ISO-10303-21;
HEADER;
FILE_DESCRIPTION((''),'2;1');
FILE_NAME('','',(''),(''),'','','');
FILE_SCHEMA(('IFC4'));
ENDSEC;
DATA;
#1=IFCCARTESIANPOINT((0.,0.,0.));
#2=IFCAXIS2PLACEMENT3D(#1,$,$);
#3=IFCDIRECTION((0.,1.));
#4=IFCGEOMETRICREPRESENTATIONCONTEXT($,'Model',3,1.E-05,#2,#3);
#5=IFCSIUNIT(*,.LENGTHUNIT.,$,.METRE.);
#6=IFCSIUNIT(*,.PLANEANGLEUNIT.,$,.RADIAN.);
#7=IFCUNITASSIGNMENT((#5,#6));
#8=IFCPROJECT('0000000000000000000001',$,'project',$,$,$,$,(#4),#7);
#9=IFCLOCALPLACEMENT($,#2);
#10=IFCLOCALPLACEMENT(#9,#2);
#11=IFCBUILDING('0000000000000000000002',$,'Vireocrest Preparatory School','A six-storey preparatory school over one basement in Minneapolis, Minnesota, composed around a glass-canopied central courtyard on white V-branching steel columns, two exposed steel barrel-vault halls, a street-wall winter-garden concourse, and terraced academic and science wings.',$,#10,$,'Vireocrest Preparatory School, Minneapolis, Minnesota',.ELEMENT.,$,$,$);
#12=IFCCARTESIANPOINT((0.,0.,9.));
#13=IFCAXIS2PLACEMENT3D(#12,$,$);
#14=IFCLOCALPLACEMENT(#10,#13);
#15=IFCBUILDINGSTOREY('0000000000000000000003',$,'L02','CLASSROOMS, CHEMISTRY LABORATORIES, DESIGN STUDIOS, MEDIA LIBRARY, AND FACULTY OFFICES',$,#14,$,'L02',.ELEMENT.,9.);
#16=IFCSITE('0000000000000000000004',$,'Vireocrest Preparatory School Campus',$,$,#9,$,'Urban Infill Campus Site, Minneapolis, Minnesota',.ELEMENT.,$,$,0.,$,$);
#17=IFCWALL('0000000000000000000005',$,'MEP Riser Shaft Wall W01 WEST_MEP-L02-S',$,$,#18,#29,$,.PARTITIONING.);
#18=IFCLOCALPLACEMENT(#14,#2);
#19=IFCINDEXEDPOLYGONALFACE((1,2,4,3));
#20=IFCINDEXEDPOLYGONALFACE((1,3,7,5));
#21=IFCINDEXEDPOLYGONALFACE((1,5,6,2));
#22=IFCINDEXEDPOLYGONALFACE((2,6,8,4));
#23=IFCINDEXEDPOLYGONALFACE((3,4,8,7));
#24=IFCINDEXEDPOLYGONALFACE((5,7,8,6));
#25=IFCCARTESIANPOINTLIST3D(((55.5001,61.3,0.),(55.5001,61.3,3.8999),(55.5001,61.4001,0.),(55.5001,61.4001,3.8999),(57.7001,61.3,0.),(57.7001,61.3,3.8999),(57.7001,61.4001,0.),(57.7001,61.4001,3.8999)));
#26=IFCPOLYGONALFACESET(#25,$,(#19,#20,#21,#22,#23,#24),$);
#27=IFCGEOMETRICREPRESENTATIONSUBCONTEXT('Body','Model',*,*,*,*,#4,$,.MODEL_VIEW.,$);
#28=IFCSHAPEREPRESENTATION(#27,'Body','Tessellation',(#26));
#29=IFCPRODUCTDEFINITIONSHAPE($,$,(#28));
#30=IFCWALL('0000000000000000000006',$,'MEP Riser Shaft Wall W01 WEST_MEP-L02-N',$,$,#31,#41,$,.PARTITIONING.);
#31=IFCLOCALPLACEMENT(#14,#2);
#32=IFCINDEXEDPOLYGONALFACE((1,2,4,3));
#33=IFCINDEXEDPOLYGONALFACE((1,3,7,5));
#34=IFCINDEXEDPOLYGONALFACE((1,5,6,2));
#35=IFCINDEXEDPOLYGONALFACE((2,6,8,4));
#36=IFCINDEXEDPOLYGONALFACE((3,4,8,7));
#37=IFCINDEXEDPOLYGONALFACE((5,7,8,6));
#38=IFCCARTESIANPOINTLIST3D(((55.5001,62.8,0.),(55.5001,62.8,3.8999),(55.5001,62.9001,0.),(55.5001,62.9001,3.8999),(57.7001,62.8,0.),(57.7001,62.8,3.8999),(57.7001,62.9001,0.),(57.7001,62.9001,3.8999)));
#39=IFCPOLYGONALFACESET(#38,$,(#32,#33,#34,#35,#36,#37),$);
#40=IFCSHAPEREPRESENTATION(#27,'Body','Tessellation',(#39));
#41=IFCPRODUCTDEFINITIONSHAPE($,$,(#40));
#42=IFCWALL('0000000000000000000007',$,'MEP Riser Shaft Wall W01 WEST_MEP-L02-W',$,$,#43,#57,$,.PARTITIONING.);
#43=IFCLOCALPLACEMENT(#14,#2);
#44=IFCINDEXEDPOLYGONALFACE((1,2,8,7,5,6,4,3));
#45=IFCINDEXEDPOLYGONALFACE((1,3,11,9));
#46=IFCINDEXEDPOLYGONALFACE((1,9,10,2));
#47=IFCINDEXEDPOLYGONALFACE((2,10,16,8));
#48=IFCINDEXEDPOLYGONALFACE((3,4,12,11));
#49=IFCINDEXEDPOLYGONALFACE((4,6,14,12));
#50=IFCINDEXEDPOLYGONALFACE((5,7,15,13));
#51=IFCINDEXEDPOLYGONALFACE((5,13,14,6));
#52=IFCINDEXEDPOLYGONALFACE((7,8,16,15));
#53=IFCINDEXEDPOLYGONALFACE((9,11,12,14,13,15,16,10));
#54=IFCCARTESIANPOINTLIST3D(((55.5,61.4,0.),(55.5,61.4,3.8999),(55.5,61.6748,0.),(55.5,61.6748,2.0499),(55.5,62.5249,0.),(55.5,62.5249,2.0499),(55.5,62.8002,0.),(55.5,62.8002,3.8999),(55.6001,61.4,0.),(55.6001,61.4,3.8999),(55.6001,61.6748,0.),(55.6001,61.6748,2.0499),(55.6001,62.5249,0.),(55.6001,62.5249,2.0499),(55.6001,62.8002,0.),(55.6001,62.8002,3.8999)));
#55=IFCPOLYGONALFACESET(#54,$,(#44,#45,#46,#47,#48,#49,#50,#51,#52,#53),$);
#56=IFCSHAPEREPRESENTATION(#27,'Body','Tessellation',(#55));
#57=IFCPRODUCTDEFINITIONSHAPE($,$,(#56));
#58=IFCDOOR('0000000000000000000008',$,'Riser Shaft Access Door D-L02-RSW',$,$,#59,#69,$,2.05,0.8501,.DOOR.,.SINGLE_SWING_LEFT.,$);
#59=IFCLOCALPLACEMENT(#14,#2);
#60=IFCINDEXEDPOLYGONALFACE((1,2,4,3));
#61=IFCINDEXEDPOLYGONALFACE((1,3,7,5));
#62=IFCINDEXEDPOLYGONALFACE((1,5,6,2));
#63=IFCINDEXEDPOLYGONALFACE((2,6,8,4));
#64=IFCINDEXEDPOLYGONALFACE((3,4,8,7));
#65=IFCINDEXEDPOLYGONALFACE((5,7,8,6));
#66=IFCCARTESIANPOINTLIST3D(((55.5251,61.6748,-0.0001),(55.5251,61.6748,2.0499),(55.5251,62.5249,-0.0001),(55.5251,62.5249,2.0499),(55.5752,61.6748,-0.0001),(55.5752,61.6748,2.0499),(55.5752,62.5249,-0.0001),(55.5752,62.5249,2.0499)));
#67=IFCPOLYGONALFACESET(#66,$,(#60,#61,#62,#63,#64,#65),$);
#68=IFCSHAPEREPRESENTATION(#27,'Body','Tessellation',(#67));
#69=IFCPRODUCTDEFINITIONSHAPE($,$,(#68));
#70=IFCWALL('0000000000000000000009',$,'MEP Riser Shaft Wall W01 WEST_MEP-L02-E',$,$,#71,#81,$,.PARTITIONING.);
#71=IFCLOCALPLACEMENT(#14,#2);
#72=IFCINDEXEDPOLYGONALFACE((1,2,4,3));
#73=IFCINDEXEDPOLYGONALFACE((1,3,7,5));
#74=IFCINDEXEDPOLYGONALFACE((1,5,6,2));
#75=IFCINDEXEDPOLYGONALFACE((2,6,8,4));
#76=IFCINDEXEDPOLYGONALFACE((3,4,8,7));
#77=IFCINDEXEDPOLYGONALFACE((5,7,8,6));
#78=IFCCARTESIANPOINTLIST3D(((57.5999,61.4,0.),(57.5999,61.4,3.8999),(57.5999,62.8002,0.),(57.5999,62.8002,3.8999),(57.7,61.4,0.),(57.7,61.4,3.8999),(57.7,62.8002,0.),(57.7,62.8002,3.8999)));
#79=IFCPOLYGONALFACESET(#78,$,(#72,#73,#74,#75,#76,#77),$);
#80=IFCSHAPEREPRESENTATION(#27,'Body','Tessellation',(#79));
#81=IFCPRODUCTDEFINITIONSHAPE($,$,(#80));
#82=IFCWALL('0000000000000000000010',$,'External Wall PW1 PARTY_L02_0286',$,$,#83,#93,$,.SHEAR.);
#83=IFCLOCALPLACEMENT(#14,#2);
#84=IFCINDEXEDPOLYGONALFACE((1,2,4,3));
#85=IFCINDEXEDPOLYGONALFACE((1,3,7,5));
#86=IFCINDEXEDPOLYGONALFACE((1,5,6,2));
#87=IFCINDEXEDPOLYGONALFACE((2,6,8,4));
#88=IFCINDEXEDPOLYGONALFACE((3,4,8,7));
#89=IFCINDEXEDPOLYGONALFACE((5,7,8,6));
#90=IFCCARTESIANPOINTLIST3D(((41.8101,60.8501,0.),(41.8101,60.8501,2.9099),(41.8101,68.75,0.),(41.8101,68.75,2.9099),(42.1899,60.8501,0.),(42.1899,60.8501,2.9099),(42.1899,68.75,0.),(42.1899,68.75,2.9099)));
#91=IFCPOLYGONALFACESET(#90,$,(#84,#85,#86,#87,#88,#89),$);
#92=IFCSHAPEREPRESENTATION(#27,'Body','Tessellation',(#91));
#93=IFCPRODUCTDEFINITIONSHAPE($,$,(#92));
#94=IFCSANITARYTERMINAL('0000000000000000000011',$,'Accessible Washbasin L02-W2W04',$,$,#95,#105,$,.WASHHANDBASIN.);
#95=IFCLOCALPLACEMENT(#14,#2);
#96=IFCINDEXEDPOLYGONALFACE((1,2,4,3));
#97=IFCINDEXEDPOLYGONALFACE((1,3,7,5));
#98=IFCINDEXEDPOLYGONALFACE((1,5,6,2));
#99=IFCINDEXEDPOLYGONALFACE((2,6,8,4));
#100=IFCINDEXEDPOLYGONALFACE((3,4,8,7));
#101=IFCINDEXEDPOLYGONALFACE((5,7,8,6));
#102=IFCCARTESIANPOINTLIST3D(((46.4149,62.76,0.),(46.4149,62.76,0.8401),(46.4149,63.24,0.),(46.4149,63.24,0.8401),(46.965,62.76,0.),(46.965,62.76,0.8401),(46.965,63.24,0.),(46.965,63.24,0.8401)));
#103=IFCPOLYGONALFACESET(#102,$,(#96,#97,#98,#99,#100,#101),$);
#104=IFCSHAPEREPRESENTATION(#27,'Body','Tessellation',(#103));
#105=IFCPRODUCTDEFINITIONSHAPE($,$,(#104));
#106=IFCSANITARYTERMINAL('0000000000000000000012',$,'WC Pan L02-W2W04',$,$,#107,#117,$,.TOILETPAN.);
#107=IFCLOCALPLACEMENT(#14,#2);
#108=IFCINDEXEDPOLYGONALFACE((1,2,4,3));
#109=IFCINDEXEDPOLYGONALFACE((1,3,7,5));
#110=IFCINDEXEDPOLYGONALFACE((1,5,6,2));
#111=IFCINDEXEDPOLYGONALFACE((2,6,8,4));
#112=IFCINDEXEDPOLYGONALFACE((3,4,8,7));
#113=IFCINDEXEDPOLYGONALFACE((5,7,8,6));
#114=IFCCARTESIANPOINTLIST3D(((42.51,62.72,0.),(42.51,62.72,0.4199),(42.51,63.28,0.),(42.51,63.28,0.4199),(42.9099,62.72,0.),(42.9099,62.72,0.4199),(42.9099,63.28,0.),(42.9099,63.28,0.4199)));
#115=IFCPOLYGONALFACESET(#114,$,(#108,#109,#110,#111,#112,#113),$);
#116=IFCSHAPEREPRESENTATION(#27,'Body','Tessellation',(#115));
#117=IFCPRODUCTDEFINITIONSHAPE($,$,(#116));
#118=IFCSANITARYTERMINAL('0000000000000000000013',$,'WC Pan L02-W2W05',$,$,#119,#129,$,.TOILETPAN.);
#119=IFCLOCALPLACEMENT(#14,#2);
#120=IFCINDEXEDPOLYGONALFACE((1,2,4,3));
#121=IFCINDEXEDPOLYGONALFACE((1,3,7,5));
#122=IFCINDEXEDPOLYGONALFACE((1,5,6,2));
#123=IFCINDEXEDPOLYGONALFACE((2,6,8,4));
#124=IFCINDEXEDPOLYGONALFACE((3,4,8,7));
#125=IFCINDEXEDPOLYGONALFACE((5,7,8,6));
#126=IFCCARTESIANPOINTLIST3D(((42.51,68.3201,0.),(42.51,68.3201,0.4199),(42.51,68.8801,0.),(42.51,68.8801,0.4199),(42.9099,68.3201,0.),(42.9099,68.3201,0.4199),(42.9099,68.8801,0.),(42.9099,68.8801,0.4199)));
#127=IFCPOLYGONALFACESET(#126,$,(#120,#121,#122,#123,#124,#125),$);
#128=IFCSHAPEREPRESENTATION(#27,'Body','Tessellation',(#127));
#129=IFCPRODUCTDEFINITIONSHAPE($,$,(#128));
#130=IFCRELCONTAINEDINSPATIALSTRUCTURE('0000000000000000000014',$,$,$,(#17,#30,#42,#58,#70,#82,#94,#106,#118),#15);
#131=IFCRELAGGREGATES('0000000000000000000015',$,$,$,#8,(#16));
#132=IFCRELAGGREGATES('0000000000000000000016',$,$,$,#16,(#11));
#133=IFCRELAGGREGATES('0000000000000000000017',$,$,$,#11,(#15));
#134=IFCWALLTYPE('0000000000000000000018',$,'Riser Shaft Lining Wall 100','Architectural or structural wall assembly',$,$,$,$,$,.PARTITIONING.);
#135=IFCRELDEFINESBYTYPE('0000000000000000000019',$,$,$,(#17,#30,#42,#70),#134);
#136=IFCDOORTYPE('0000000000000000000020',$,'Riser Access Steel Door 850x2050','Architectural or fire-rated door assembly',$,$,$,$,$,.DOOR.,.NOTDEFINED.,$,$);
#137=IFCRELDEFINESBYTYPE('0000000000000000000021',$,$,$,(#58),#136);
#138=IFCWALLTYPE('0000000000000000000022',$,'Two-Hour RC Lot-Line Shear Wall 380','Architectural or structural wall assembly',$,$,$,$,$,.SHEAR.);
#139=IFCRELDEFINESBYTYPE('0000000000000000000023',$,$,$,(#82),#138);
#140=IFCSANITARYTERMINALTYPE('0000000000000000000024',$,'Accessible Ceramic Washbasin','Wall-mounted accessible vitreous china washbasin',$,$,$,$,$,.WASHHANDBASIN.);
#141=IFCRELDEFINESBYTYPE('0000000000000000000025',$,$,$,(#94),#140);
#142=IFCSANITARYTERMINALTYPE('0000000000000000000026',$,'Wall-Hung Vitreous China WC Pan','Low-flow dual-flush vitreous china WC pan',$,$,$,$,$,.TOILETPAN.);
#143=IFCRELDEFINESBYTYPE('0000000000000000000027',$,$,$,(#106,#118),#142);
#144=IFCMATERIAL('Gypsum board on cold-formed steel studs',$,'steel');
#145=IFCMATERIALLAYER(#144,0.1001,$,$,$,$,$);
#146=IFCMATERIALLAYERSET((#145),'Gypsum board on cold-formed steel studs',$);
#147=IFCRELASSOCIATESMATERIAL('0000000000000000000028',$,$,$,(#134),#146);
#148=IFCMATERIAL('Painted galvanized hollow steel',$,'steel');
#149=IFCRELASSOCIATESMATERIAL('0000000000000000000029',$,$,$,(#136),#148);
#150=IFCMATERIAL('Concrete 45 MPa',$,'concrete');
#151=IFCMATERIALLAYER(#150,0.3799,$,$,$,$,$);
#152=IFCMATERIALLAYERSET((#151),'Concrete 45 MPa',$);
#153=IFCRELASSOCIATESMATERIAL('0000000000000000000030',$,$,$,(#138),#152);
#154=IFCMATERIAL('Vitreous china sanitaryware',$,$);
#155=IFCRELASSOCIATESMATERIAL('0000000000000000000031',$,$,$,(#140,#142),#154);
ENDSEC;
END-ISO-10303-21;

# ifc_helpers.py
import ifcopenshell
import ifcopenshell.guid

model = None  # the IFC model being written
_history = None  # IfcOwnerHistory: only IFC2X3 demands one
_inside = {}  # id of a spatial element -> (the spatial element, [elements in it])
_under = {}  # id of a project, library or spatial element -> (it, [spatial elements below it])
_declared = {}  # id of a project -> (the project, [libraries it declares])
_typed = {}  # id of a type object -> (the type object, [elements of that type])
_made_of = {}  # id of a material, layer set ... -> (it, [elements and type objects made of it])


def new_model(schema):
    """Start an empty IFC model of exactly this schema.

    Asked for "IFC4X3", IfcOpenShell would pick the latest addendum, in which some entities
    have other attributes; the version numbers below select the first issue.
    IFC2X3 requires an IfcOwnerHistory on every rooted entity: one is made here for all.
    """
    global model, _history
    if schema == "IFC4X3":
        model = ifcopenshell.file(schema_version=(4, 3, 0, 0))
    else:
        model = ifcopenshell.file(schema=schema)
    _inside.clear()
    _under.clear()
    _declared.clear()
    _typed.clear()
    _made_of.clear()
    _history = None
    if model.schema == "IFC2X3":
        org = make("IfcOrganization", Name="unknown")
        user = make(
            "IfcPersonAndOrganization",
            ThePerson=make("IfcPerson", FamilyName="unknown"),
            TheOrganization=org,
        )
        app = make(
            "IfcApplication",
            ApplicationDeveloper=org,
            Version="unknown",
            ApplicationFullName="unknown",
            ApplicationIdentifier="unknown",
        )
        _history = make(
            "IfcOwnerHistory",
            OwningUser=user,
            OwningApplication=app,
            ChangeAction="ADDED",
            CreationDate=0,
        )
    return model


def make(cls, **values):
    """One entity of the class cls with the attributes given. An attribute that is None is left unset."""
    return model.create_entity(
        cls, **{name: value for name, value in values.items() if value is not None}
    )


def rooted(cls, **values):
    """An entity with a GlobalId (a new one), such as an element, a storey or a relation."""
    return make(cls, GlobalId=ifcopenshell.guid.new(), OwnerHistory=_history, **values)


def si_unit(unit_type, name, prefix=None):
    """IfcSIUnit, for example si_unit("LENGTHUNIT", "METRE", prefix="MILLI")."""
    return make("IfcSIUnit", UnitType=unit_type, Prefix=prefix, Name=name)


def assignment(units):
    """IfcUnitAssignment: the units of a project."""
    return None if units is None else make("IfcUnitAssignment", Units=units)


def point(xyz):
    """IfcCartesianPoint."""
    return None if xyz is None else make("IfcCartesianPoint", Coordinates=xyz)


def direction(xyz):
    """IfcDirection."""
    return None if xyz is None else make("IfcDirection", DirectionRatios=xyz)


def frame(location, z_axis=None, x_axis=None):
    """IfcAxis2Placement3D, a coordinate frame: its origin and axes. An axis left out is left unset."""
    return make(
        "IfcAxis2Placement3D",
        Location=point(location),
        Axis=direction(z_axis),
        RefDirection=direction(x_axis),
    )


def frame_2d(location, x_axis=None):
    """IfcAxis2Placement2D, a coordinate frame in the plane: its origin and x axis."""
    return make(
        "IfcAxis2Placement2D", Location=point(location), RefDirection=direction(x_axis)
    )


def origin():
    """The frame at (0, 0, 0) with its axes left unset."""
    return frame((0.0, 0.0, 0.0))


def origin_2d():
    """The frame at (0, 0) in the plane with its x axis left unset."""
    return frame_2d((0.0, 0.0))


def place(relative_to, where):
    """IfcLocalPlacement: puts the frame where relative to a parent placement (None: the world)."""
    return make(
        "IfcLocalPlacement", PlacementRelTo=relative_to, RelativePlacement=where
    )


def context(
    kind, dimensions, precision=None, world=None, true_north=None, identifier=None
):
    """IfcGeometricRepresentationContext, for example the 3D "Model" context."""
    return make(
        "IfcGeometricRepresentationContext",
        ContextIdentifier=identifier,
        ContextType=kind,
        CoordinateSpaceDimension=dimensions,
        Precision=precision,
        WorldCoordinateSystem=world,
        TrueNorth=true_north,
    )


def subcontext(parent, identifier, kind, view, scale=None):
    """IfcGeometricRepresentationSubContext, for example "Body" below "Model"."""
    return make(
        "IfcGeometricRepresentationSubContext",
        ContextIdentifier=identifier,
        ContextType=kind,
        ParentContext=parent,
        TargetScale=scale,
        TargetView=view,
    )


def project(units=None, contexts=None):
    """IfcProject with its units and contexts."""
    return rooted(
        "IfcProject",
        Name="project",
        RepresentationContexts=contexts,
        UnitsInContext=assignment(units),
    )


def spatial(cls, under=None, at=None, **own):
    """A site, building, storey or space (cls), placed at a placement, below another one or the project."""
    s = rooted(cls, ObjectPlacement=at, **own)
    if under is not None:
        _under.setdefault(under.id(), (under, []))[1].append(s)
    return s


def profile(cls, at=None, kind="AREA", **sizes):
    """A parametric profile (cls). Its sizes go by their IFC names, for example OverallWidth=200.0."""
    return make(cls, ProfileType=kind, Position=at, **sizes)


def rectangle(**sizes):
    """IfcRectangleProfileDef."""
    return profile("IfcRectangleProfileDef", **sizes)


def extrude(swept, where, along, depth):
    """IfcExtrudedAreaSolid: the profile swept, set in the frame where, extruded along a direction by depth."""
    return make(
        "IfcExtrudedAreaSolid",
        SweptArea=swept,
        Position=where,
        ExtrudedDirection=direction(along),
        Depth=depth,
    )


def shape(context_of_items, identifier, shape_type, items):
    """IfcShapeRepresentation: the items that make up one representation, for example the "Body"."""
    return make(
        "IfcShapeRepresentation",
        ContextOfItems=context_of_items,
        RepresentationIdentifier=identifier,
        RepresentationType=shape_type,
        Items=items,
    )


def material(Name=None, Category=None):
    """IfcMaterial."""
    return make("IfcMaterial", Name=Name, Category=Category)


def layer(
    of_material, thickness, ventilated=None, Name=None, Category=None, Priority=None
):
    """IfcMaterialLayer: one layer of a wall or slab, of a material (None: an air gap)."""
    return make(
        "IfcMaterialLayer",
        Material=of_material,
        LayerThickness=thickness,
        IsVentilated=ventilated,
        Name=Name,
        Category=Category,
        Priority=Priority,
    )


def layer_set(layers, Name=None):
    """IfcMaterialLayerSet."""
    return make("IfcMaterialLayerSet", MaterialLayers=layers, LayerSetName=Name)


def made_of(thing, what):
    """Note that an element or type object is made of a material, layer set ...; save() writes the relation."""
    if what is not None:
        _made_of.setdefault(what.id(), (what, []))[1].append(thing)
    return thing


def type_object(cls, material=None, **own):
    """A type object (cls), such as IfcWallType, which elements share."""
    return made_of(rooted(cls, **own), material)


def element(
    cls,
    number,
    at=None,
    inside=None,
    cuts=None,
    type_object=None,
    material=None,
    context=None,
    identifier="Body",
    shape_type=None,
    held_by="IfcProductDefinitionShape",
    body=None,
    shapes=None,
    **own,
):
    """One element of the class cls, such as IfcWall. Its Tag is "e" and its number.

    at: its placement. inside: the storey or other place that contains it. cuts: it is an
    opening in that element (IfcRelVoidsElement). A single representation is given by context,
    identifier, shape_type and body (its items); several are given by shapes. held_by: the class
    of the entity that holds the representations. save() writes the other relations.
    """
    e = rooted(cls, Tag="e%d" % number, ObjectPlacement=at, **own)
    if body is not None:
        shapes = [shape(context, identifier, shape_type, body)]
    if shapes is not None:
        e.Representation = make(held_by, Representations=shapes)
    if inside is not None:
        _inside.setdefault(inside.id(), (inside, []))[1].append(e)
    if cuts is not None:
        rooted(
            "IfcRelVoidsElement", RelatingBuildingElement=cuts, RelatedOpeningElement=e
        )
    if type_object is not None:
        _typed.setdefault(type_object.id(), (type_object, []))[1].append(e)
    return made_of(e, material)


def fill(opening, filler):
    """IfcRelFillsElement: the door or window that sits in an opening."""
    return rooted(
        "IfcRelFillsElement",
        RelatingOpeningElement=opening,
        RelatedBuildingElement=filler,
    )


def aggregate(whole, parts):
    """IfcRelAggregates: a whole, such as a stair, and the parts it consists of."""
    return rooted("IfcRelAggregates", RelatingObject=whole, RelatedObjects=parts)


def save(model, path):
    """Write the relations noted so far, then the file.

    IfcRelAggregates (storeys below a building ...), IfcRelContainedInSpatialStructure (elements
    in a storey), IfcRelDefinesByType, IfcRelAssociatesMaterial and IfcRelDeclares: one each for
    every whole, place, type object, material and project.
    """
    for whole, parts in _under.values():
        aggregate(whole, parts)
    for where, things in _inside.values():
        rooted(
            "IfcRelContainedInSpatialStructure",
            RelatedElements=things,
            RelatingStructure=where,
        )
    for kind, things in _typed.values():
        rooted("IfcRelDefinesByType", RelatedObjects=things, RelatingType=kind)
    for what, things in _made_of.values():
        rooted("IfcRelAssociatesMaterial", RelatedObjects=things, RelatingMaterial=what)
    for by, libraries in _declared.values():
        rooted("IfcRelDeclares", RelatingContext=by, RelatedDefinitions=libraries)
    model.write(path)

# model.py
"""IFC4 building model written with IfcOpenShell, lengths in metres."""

from ifc_helpers import new_model, si_unit, direction, frame, frame_2d, origin, origin_2d, place, context, subcontext, project, spatial, rectangle, extrude, material, layer, layer_set, type_object, element, fill, save


model = new_model("IFC4")

# Units and contexts
model_context = context("Model", 3, precision=1e-05, world=origin(), true_north=direction((0.0, 1.0)))
body_context = subcontext(model_context, "Body", "Model", "MODEL_VIEW")
ifc_project = project(units=[si_unit("LENGTHUNIT", "METRE"), si_unit("PLANEANGLEUNIT", "RADIAN")], contexts=[model_context])

# Site, building, storey
site_placement = place(None, origin())
site = spatial("IfcSite", under=ifc_project, at=site_placement, Name="Vireocrest Preparatory School Campus", LongName="Urban Infill Campus Site, Minneapolis, Minnesota", CompositionType="ELEMENT", RefElevation=0.0)
building_placement = place(site_placement, origin())
building = spatial("IfcBuilding", under=site, at=building_placement, Name="Vireocrest Preparatory School", Description="A six-storey preparatory school over one basement in Minneapolis, Minnesota, composed around a glass-canopied central courtyard on white V-branching steel columns, two exposed steel barrel-vault halls, a street-wall winter-garden concourse, and terraced academic and science wings.", LongName="Vireocrest Preparatory School, Minneapolis, Minnesota", CompositionType="ELEMENT")
storey_placement = place(building_placement, frame((0.0, 0.0, 9.0)))
storey = spatial("IfcBuildingStorey", under=building, at=storey_placement, Name="L02", Description="CLASSROOMS, CHEMISTRY LABORATORIES, DESIGN STUDIOS, MEDIA LIBRARY, AND FACULTY OFFICES", LongName="L02", CompositionType="ELEMENT", Elevation=9.0)

# Shared definitions
ifc_material_1 = material(Name="Gypsum board on cold-formed steel studs", Category="steel")

# Walls
ifc_layer_1 = layer(ifc_material_1, 0.1001)
ifc_layer_set_1 = layer_set([ifc_layer_1], Name="Gypsum board on cold-formed steel studs")
wall_type_1 = type_object("IfcWallType", Name="Riser Shaft Lining Wall 100", Description="Architectural or structural wall assembly", PredefinedType="PARTITIONING", material=ifc_layer_set_1)
for number, where, z_axis, x_axis, name in (
    (1, (55.5, 61.3501, 0.0), (0.0, 0.0, 1.0), (1.0, 0.0, 0.0), "MEP Riser Shaft Wall W01 WEST_MEP-L02-S"),
    (2, (55.5, 62.8501, 0.0), (0.0, 0.0, 1.0), (1.0, 0.0, 0.0), "MEP Riser Shaft Wall W01 WEST_MEP-L02-N"),
):
    element("IfcWall", number, at=place(storey_placement, frame(where, z_axis=z_axis, x_axis=x_axis)), inside=storey, type_object=wall_type_1, Name=name, PredefinedType="PARTITIONING", context=body_context, shape_type="SweptSolid", body=[
        extrude(rectangle(XDim=2.2, YDim=0.1001, at=frame_2d((1.1001, 0.0))), origin(), (0.0, 0.0, 1.0), 3.8999),
    ])

# Wall, opening, door
wall_1_placement = place(storey_placement, frame((55.55, 61.3999, 0.0), z_axis=(0.0, 0.0, 1.0), x_axis=(0.0, 1.0, 0.0)))
wall_1 = element("IfcWall", 3, at=wall_1_placement, inside=storey, type_object=wall_type_1, Name="MEP Riser Shaft Wall W01 WEST_MEP-L02-W", PredefinedType="PARTITIONING", context=body_context, shape_type="SweptSolid", body=[
    extrude(rectangle(XDim=1.4001, YDim=0.1001, at=frame_2d((0.7002, 0.0))), origin(), (0.0, 0.0, 1.0), 3.8999),
])
opening_1_placement = place(wall_1_placement, frame((0.2749, 0.0, 0.0)))
opening_1 = element("IfcOpeningElement", 4, at=opening_1_placement, cuts=wall_1, PredefinedType="OPENING", context=body_context, shape_type="SweptSolid", body=[
    extrude(rectangle(XDim=0.8501, YDim=2.05, at=frame_2d((0.425, 1.0249))), frame((0.0, 0.0601, 0.0), z_axis=(0.0, -1.0, 0.0), x_axis=(1.0, 0.0, 0.0)), (0.0, 0.0, 1.0), 0.1201),
])
ifc_material_2 = material(Name="Painted galvanized hollow steel", Category="steel")
door_type_1 = type_object("IfcDoorType", Name="Riser Access Steel Door 850x2050", Description="Architectural or fire-rated door assembly", OperationType="NOTDEFINED", PredefinedType="DOOR", material=ifc_material_2)
door_1_placement = place(opening_1_placement, origin())
door_1 = element("IfcDoor", 5, at=door_1_placement, inside=storey, type_object=door_type_1, Name="Riser Shaft Access Door D-L02-RSW", OperationType="SINGLE_SWING_LEFT", OverallHeight=2.05, OverallWidth=0.8501, PredefinedType="DOOR", context=body_context, shape_type="SweptSolid", body=[
    extrude(rectangle(XDim=0.8501, YDim=2.05, at=frame_2d((0.425, 1.0249))), frame((0.0, 0.0249, 0.0), z_axis=(0.0, -1.0, 0.0), x_axis=(1.0, 0.0, 0.0)), (0.0, 0.0, 1.0), 0.05),
])
fill(opening_1, door_1)

# Walls
wall_2_placement = place(storey_placement, frame((57.6499, 61.3999, 0.0), z_axis=(0.0, 0.0, 1.0), x_axis=(0.0, 1.0, 0.0)))
element("IfcWall", 6, at=wall_2_placement, inside=storey, type_object=wall_type_1, Name="MEP Riser Shaft Wall W01 WEST_MEP-L02-E", PredefinedType="PARTITIONING", context=body_context, shape_type="SweptSolid", body=[
    extrude(rectangle(XDim=1.4001, YDim=0.1001, at=frame_2d((0.7002, 0.0))), origin(), (0.0, 0.0, 1.0), 3.8999),
])
ifc_material_3 = material(Name="Concrete 45 MPa", Category="concrete")
ifc_layer_2 = layer(ifc_material_3, 0.3799)
ifc_layer_set_2 = layer_set([ifc_layer_2], Name="Concrete 45 MPa")
wall_type_2 = type_object("IfcWallType", Name="Two-Hour RC Lot-Line Shear Wall 380", Description="Architectural or structural wall assembly", PredefinedType="SHEAR", material=ifc_layer_set_2)
wall_3_placement = place(storey_placement, frame((42.0, 60.8501, 0.0), z_axis=(0.0, 0.0, 1.0), x_axis=(0.0, 1.0, 0.0)))
element("IfcWall", 7, at=wall_3_placement, inside=storey, type_object=wall_type_2, Name="External Wall PW1 PARTY_L02_0286", PredefinedType="SHEAR", context=body_context, shape_type="SweptSolid", body=[
    extrude(rectangle(XDim=7.8999, YDim=0.3799, at=frame_2d((3.95, 0.0))), origin(), (0.0, 0.0, 1.0), 2.9099),
])

# Sanitary terminals
ifc_material_4 = material(Name="Vitreous china sanitaryware")
sanitary_terminal_type_1 = type_object("IfcSanitaryTerminalType", Name="Accessible Ceramic Washbasin", Description="Wall-mounted accessible vitreous china washbasin", PredefinedType="WASHHANDBASIN", material=ifc_material_4)
sanitary_terminal_placement = place(storey_placement, frame((46.6899, 63.0, 0.0), z_axis=(0.0, 0.0, 1.0), x_axis=(1.0, 0.0, 0.0)))
element("IfcSanitaryTerminal", 8, at=sanitary_terminal_placement, inside=storey, type_object=sanitary_terminal_type_1, Name="Accessible Washbasin L02-W2W04", PredefinedType="WASHHANDBASIN", context=body_context, shape_type="SweptSolid", body=[
    extrude(rectangle(XDim=0.55, YDim=0.48, at=origin_2d()), origin(), (0.0, 0.0, 1.0), 0.8401),
])
sanitary_terminal_type_2 = type_object("IfcSanitaryTerminalType", Name="Wall-Hung Vitreous China WC Pan", Description="Low-flow dual-flush vitreous china WC pan", PredefinedType="TOILETPAN", material=ifc_material_4)
for number, where, z_axis, x_axis, name in (
    (9, (42.71, 63.0, 0.0), (0.0, 0.0, 1.0), (1.0, 0.0, 0.0), "WC Pan L02-W2W04"),
    (10, (42.71, 68.6001, 0.0), (0.0, 0.0, 1.0), (1.0, 0.0, 0.0), "WC Pan L02-W2W05"),
):
    element("IfcSanitaryTerminal", number, at=place(storey_placement, frame(where, z_axis=z_axis, x_axis=x_axis)), inside=storey, type_object=sanitary_terminal_type_2, Name=name, PredefinedType="TOILETPAN", context=body_context, shape_type="SweptSolid", body=[
        extrude(rectangle(XDim=0.3999, YDim=0.5601, at=origin_2d()), origin(), (0.0, 0.0, 1.0), 0.4199),
    ])

save(model, "model.ifc")
